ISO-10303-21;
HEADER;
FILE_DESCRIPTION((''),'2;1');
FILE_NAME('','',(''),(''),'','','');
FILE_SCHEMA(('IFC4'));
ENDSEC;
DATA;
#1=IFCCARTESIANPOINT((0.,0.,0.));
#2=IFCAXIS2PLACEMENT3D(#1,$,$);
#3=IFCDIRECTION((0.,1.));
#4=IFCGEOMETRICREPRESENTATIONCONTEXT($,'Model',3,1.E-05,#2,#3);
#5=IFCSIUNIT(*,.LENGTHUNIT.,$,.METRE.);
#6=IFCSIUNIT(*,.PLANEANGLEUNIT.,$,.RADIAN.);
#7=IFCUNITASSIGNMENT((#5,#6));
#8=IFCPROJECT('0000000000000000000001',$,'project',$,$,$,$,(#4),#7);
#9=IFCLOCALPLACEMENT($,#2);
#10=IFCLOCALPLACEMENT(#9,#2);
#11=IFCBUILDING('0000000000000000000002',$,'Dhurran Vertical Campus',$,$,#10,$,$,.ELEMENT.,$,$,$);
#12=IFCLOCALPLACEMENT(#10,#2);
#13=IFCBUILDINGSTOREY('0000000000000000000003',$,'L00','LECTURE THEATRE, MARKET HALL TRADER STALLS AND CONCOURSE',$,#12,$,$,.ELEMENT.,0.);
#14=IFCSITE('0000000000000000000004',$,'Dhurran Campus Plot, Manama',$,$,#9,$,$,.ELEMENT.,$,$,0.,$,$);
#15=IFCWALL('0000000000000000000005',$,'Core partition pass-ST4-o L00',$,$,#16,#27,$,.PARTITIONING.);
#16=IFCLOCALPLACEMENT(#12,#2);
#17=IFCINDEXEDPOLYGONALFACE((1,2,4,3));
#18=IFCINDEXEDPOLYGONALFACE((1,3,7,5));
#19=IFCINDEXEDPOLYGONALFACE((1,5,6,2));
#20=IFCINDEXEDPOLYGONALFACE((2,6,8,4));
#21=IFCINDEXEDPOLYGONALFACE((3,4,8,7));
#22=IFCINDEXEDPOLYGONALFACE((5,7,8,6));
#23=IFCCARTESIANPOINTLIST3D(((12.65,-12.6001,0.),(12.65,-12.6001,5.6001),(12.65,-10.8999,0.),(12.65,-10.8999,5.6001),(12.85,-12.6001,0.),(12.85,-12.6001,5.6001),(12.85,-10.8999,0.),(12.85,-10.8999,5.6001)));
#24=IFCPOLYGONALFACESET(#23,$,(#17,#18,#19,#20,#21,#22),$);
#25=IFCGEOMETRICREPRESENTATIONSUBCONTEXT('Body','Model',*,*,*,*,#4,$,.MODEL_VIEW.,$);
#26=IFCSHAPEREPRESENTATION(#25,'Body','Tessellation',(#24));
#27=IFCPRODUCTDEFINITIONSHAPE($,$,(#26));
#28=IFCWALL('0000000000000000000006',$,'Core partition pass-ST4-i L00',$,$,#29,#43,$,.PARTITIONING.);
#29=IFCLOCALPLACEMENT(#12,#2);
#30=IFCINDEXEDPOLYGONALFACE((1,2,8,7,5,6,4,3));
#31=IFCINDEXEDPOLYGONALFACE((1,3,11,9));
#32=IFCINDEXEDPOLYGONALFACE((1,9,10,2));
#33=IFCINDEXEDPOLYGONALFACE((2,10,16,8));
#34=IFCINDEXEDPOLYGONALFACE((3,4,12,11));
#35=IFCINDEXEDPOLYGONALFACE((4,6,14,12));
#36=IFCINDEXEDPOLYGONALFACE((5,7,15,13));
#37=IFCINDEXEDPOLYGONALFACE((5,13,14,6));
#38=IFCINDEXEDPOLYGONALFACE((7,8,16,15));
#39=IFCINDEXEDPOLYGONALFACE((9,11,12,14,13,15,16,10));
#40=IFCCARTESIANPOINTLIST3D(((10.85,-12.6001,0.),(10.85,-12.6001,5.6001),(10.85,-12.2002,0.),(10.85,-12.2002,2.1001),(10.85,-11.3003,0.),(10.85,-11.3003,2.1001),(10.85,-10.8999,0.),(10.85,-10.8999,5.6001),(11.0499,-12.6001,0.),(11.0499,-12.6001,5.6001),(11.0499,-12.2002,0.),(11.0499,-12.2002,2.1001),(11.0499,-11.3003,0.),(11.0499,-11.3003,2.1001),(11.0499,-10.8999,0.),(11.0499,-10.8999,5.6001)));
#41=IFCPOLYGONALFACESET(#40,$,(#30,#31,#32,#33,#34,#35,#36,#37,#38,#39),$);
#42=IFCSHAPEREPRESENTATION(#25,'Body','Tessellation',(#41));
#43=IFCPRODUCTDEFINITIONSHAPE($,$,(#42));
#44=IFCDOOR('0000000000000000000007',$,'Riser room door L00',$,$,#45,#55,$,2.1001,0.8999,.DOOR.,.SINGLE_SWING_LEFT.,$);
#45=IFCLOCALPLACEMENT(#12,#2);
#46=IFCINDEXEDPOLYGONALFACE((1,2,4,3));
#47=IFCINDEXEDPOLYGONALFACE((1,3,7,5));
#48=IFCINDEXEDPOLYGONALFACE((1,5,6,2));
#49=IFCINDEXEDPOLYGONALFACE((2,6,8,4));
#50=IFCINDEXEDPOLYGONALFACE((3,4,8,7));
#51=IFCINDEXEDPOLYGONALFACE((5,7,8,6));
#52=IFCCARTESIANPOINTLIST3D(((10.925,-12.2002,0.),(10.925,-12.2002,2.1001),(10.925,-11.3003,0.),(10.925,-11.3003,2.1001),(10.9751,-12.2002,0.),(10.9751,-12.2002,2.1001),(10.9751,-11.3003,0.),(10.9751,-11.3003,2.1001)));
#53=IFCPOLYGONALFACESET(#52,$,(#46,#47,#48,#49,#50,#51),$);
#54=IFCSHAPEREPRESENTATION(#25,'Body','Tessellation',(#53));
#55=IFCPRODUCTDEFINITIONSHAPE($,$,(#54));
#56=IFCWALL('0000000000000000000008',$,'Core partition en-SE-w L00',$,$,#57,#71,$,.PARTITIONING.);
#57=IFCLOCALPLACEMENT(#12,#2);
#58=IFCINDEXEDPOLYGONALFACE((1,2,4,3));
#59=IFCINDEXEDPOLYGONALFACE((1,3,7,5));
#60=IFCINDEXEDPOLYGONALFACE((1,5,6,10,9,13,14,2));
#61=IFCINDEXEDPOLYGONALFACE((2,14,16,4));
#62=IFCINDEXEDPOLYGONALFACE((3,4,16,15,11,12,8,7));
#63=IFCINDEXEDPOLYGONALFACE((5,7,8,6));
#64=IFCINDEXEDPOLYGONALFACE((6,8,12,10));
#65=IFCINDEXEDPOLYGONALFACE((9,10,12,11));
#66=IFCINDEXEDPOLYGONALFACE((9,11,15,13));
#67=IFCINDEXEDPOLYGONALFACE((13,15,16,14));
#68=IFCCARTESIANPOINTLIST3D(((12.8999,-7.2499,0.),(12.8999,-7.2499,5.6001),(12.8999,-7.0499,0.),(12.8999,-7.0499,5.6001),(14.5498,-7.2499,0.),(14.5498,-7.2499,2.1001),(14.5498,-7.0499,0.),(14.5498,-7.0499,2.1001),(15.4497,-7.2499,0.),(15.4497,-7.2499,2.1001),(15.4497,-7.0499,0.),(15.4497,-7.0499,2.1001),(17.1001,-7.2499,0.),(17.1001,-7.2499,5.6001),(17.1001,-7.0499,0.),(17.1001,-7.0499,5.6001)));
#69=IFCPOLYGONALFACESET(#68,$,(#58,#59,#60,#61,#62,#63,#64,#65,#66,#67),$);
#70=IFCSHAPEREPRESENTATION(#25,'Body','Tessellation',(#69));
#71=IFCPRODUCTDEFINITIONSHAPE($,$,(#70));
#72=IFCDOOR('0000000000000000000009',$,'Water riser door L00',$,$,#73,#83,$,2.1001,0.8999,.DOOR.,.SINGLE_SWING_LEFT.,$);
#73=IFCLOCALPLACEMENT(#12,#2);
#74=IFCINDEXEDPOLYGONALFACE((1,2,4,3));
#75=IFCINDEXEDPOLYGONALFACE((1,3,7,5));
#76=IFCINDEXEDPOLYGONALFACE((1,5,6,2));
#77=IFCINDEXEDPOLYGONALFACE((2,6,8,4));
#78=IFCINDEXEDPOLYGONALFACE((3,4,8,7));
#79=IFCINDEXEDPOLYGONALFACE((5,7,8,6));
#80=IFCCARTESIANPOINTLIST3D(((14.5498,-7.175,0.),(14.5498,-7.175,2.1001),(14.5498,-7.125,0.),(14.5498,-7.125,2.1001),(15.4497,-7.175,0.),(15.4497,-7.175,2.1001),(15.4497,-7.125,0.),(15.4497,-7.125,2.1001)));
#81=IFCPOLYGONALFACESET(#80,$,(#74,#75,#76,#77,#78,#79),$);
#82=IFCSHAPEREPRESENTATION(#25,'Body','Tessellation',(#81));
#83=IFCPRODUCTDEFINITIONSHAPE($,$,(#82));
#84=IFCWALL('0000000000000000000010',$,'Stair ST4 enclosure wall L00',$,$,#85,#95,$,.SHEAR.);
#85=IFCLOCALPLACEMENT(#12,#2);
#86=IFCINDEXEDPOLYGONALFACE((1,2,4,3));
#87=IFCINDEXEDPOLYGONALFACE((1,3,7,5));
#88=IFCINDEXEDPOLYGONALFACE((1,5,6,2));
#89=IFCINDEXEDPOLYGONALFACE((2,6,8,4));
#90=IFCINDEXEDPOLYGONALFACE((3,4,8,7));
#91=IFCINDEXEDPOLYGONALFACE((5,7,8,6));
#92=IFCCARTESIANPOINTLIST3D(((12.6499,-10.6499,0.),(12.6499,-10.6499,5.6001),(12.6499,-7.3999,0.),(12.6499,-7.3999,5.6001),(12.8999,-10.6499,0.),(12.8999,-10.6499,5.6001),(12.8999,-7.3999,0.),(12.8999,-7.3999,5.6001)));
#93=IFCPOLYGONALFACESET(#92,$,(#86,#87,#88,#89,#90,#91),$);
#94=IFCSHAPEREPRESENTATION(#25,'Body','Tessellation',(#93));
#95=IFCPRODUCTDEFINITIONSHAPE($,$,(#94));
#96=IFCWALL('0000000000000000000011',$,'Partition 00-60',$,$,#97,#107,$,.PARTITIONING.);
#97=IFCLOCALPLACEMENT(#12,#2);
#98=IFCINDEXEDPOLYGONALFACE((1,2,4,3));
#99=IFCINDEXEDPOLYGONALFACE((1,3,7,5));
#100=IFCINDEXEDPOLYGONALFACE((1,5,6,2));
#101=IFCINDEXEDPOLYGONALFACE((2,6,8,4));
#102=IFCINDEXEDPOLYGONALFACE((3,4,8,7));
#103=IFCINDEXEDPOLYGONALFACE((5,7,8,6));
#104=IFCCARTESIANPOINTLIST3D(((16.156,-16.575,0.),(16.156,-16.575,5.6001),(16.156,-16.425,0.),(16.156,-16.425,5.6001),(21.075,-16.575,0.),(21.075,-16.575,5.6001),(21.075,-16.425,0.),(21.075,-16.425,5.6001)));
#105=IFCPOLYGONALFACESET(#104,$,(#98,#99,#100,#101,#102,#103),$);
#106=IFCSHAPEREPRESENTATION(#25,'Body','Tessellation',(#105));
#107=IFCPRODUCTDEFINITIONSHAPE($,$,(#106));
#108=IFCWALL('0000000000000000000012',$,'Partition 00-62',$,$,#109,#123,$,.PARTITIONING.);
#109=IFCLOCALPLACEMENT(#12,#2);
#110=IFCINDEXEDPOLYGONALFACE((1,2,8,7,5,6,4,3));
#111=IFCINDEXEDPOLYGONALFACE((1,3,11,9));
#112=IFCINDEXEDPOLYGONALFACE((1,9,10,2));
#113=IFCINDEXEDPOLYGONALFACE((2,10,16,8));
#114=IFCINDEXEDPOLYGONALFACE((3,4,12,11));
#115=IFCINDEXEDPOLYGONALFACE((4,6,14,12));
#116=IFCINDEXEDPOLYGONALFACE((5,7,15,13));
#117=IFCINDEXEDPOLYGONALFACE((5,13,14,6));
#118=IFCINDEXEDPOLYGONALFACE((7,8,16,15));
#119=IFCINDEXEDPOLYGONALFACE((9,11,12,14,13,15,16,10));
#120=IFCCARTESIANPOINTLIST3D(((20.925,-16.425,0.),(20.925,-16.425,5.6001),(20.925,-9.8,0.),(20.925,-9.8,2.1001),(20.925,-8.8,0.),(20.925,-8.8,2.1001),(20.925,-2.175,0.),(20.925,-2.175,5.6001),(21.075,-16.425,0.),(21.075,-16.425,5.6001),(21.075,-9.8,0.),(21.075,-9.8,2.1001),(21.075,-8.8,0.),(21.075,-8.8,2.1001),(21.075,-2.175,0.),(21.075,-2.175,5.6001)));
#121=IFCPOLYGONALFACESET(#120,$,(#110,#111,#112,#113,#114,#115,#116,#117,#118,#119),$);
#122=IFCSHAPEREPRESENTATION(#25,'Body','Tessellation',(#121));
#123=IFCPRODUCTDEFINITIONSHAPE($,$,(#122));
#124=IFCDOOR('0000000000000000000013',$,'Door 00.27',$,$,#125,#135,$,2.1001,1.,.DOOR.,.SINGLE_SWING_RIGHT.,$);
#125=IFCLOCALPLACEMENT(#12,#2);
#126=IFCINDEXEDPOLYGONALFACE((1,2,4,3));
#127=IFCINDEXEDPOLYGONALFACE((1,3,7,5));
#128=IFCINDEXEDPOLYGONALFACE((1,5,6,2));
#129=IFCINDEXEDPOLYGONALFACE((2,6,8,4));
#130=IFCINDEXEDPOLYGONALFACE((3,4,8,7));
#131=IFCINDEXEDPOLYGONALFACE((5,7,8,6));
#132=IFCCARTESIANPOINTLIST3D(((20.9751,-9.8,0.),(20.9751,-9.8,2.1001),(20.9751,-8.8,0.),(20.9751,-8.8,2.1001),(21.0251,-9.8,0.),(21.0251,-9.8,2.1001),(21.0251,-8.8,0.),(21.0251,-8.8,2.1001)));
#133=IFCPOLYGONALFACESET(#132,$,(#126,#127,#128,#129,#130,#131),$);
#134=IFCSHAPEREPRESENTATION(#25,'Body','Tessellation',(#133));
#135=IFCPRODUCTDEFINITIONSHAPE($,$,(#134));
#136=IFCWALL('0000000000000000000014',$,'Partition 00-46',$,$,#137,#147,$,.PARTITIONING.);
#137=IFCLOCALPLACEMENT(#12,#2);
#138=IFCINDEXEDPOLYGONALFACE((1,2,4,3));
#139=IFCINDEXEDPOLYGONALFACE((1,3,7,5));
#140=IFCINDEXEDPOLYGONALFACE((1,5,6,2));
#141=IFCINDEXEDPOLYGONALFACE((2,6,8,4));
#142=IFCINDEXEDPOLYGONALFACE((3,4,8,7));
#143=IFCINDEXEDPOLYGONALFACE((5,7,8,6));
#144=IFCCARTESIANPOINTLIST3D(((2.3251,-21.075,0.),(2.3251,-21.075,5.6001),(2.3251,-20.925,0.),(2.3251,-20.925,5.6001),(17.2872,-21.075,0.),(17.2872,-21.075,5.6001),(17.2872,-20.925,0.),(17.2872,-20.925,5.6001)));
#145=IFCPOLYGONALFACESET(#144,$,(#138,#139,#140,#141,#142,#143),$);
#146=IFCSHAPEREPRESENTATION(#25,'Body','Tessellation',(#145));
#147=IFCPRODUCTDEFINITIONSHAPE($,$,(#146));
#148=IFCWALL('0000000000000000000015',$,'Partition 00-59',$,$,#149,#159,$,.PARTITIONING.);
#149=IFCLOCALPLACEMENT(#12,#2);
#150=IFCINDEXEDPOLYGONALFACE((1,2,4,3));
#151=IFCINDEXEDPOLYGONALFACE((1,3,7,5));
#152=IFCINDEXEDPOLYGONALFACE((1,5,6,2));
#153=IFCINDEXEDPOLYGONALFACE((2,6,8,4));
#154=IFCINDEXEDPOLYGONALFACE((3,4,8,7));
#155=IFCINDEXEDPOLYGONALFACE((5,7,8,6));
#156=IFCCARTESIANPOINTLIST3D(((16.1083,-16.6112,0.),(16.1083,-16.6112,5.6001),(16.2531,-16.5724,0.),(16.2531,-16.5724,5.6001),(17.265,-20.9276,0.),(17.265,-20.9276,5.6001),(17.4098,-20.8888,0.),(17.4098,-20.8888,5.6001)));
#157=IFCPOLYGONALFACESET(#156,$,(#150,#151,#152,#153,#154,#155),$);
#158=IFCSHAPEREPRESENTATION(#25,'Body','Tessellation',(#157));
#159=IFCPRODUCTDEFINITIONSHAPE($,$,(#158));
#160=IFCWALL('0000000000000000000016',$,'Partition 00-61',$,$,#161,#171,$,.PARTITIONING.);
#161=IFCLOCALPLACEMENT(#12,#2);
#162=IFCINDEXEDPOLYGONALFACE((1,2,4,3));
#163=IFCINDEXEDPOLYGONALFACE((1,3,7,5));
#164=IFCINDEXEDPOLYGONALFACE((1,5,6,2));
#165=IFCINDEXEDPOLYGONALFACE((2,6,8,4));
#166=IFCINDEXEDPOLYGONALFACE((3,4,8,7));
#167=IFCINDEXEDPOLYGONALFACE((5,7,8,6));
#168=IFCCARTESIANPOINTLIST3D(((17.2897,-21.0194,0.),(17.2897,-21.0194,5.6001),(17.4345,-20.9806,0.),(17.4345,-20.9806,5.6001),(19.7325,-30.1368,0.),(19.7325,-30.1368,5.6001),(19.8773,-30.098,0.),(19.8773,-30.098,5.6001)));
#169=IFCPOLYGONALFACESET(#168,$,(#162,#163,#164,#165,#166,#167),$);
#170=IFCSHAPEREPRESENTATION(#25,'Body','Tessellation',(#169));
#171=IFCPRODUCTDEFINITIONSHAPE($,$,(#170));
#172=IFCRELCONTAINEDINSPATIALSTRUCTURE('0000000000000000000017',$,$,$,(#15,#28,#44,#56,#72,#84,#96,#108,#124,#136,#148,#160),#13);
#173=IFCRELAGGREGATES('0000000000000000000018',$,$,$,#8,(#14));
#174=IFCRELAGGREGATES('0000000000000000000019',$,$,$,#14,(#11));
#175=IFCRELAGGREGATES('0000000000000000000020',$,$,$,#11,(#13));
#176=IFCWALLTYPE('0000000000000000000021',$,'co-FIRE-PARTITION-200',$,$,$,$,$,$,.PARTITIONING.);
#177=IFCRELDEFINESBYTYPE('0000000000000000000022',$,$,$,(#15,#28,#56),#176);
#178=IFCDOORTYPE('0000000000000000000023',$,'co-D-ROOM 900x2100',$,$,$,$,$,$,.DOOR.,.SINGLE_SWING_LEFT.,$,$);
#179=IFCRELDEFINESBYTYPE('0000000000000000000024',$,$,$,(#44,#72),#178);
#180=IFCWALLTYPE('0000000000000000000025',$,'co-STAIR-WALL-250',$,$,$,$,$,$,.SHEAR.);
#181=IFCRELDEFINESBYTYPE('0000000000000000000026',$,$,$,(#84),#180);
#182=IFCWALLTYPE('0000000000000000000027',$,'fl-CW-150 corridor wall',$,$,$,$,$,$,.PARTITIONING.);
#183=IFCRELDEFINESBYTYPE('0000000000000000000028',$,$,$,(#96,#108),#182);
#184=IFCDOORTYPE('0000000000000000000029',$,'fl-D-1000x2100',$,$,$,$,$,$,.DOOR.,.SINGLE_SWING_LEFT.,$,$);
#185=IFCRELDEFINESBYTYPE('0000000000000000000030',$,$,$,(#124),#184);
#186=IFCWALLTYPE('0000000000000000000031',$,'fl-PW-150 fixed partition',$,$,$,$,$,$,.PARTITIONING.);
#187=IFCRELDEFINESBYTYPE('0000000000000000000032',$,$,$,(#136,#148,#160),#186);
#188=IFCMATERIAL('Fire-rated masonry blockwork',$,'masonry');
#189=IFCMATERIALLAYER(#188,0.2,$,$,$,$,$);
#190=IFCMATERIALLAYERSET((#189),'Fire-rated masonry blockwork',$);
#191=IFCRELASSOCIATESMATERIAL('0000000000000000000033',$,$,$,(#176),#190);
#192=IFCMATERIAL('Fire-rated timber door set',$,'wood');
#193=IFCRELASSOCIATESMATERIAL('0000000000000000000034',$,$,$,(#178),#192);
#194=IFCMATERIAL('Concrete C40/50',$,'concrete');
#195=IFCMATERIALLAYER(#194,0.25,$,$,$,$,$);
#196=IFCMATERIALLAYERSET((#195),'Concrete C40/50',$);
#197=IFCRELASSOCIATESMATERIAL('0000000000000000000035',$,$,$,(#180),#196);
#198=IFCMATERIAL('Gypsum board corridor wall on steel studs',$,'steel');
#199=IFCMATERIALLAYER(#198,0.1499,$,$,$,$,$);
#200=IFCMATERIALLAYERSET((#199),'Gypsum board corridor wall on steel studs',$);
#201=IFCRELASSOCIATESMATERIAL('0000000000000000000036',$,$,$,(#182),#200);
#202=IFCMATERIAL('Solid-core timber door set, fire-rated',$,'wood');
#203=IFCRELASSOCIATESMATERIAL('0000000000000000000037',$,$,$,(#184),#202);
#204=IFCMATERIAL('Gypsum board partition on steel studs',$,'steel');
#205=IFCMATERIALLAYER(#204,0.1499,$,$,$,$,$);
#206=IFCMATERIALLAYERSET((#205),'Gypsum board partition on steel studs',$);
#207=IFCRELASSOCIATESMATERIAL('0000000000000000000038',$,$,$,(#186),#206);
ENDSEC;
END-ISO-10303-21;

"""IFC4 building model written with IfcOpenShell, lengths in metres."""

from ifc_helpers import new_model, si_unit, direction, frame, frame_2d, origin, place, context, subcontext, project, spatial, rectangle, extrude, material, layer, layer_set, type_object, element, fill, save


model = new_model("IFC4")

# Units and contexts
model_context = context("Model", 3, precision=1e-05, world=origin(), true_north=direction((0.0, 1.0)))
body_context = subcontext(model_context, "Body", "Model", "MODEL_VIEW")
ifc_project = project(units=[si_unit("LENGTHUNIT", "METRE"), si_unit("PLANEANGLEUNIT", "RADIAN")], contexts=[model_context])

# Site, building, storey
site_placement = place(None, origin())
site = spatial("IfcSite", under=ifc_project, at=site_placement, Name="Dhurran Campus Plot, Manama", CompositionType="ELEMENT", RefElevation=0.0)
building_placement = place(site_placement, origin())
building = spatial("IfcBuilding", under=site, at=building_placement, Name="Dhurran Vertical Campus", CompositionType="ELEMENT")
storey_placement = place(building_placement, origin())
storey = spatial("IfcBuildingStorey", under=building, at=storey_placement, Name="L00", Description="LECTURE THEATRE, MARKET HALL TRADER STALLS AND CONCOURSE", CompositionType="ELEMENT", Elevation=0.0)

# Wall
ifc_material_1 = material(Name="Fire-rated masonry blockwork", Category="masonry")
ifc_layer_1 = layer(ifc_material_1, 0.2)
ifc_layer_set_1 = layer_set([ifc_layer_1], Name="Fire-rated masonry blockwork")
wall_type_1 = type_object("IfcWallType", Name="co-FIRE-PARTITION-200", PredefinedType="PARTITIONING", material=ifc_layer_set_1)
wall_1_placement = place(storey_placement, frame((12.75, -12.6001, 0.0), z_axis=(0.0, 0.0, 1.0), x_axis=(0.0, 1.0, 0.0)))
element("IfcWall", 1, at=wall_1_placement, inside=storey, type_object=wall_type_1, Name="Core partition pass-ST4-o L00", PredefinedType="PARTITIONING", context=body_context, shape_type="SweptSolid", body=[
    extrude(rectangle(XDim=1.7002, YDim=0.2, at=frame_2d((0.8501, 0.0))), origin(), (0.0, 0.0, 1.0), 5.6001),
])

# Walls, openings, doors
wall_2_placement = place(storey_placement, frame((10.95, -12.6001, 0.0), z_axis=(0.0, 0.0, 1.0), x_axis=(0.0, 1.0, 0.0)))
wall_2 = element("IfcWall", 2, at=wall_2_placement, inside=storey, type_object=wall_type_1, Name="Core partition pass-ST4-i L00", PredefinedType="PARTITIONING", context=body_context, shape_type="SweptSolid", body=[
    extrude(rectangle(XDim=1.7002, YDim=0.2, at=frame_2d((0.8501, 0.0))), origin(), (0.0, 0.0, 1.0), 5.6001),
])
opening_1_placement = place(wall_2_placement, frame((0.3999, 0.0, 0.0)))
opening_1 = element("IfcOpeningElement", 3, at=opening_1_placement, cuts=wall_2, PredefinedType="OPENING", context=body_context, shape_type="SweptSolid", body=[
    extrude(rectangle(XDim=0.8999, YDim=2.1001, at=frame_2d((0.45, 1.05))), frame((0.0, 0.1099, 0.0), z_axis=(0.0, -1.0, 0.0), x_axis=(1.0, 0.0, 0.0)), (0.0, 0.0, 1.0), 0.22),
])
ifc_material_2 = material(Name="Fire-rated timber door set", Category="wood")
door_type_1 = type_object("IfcDoorType", Name="co-D-ROOM 900x2100", OperationType="SINGLE_SWING_LEFT", PredefinedType="DOOR", material=ifc_material_2)
door_1_placement = place(opening_1_placement, origin())
door_1 = element("IfcDoor", 4, at=door_1_placement, inside=storey, type_object=door_type_1, Name="Riser room door L00", OperationType="SINGLE_SWING_LEFT", OverallHeight=2.1001, OverallWidth=0.8999, PredefinedType="DOOR", context=body_context, shape_type="SweptSolid", body=[
    extrude(rectangle(XDim=0.8999, YDim=2.1001, at=frame_2d((0.45, 1.05))), frame((0.0, 0.0249, 0.0), z_axis=(0.0, -1.0, 0.0), x_axis=(1.0, 0.0, 0.0)), (0.0, 0.0, 1.0), 0.05),
])
fill(opening_1, door_1)
wall_3_placement = place(storey_placement, frame((12.8999, -7.1499, 0.0), z_axis=(0.0, 0.0, 1.0), x_axis=(1.0, 0.0, 0.0)))
wall_3 = element("IfcWall", 5, at=wall_3_placement, inside=storey, type_object=wall_type_1, Name="Core partition en-SE-w L00", PredefinedType="PARTITIONING", context=body_context, shape_type="SweptSolid", body=[
    extrude(rectangle(XDim=4.2002, YDim=0.2, at=frame_2d((2.1001, 0.0))), origin(), (0.0, 0.0, 1.0), 5.6001),
])
opening_2_placement = place(wall_3_placement, frame((1.6499, 0.0, 0.0)))
opening_2 = element("IfcOpeningElement", 6, at=opening_2_placement, cuts=wall_3, PredefinedType="OPENING", context=body_context, shape_type="SweptSolid", body=[
    extrude(rectangle(XDim=0.8999, YDim=2.1001, at=frame_2d((0.45, 1.05))), frame((0.0, 0.1099, 0.0), z_axis=(0.0, -1.0, 0.0), x_axis=(1.0, 0.0, 0.0)), (0.0, 0.0, 1.0), 0.22),
])
door_2_placement = place(opening_2_placement, origin())
door_2 = element("IfcDoor", 7, at=door_2_placement, inside=storey, type_object=door_type_1, Name="Water riser door L00", OperationType="SINGLE_SWING_LEFT", OverallHeight=2.1001, OverallWidth=0.8999, PredefinedType="DOOR", context=body_context, shape_type="SweptSolid", body=[
    extrude(rectangle(XDim=0.8999, YDim=2.1001, at=frame_2d((0.45, 1.05))), frame((0.0, 0.0249, 0.0), z_axis=(0.0, -1.0, 0.0), x_axis=(1.0, 0.0, 0.0)), (0.0, 0.0, 1.0), 0.05),
])
fill(opening_2, door_2)

# Walls
ifc_material_3 = material(Name="Concrete C40/50", Category="concrete")
ifc_layer_2 = layer(ifc_material_3, 0.25)
ifc_layer_set_2 = layer_set([ifc_layer_2], Name="Concrete C40/50")
wall_type_2 = type_object("IfcWallType", Name="co-STAIR-WALL-250", PredefinedType="SHEAR", material=ifc_layer_set_2)
wall_4_placement = place(storey_placement, frame((12.7749, -10.6499, 0.0), z_axis=(0.0, 0.0, 1.0), x_axis=(0.0, 1.0, 0.0)))
element("IfcWall", 8, at=wall_4_placement, inside=storey, type_object=wall_type_2, Name="Stair ST4 enclosure wall L00", PredefinedType="SHEAR", context=body_context, shape_type="SweptSolid", body=[
    extrude(rectangle(XDim=3.25, YDim=0.25, at=frame_2d((1.625, 0.0))), origin(), (0.0, 0.0, 1.0), 5.6001),
])
ifc_material_4 = material(Name="Gypsum board corridor wall on steel studs", Category="steel")
ifc_layer_3 = layer(ifc_material_4, 0.1499)
ifc_layer_set_3 = layer_set([ifc_layer_3], Name="Gypsum board corridor wall on steel studs")
wall_type_3 = type_object("IfcWallType", Name="fl-CW-150 corridor wall", PredefinedType="PARTITIONING", material=ifc_layer_set_3)
wall_5_placement = place(storey_placement, frame((16.156, -16.5, 0.0), z_axis=(0.0, 0.0, 1.0), x_axis=(1.0, 0.0, 0.0)))
element("IfcWall", 9, at=wall_5_placement, inside=storey, type_object=wall_type_3, Name="Partition 00-60", PredefinedType="PARTITIONING", context=body_context, shape_type="SweptSolid", body=[
    extrude(rectangle(XDim=4.9189, YDim=0.1499, at=frame_2d((2.4595, 0.0))), origin(), (0.0, 0.0, 1.0), 5.6001),
])

# Wall, opening, door
wall_6_placement = place(storey_placement, frame((21.0, -16.425, 0.0), z_axis=(0.0, 0.0, 1.0), x_axis=(0.0, 1.0, 0.0)))
wall_6 = element("IfcWall", 10, at=wall_6_placement, inside=storey, type_object=wall_type_3, Name="Partition 00-62", PredefinedType="PARTITIONING", context=body_context, shape_type="SweptSolid", body=[
    extrude(rectangle(XDim=14.25, YDim=0.1499, at=frame_2d((7.125, 0.0))), origin(), (0.0, 0.0, 1.0), 5.6001),
])
opening_3_placement = place(wall_6_placement, frame((6.625, 0.0, 0.0)))
opening_3 = element("IfcOpeningElement", 11, at=opening_3_placement, cuts=wall_6, PredefinedType="OPENING", context=body_context, shape_type="SweptSolid", body=[
    extrude(rectangle(XDim=1.0, YDim=2.1001, at=frame_2d((0.5, 1.05))), frame((0.0, 0.085, 0.0), z_axis=(0.0, -1.0, 0.0), x_axis=(1.0, 0.0, 0.0)), (0.0, 0.0, 1.0), 0.1699),
])
ifc_material_5 = material(Name="Solid-core timber door set, fire-rated", Category="wood")
door_type_2 = type_object("IfcDoorType", Name="fl-D-1000x2100", OperationType="SINGLE_SWING_LEFT", PredefinedType="DOOR", material=ifc_material_5)
door_3_placement = place(opening_3_placement, origin())
door_3 = element("IfcDoor", 12, at=door_3_placement, inside=storey, type_object=door_type_2, Name="Door 00.27", OperationType="SINGLE_SWING_RIGHT", OverallHeight=2.1001, OverallWidth=1.0, PredefinedType="DOOR", context=body_context, shape_type="SweptSolid", body=[
    extrude(rectangle(XDim=1.0, YDim=2.1001, at=frame_2d((0.5, 1.05))), frame((0.0, 0.0249, 0.0), z_axis=(0.0, -1.0, 0.0), x_axis=(1.0, 0.0, 0.0)), (0.0, 0.0, 1.0), 0.05),
])
fill(opening_3, door_3)

# Walls
ifc_material_6 = material(Name="Gypsum board partition on steel studs", Category="steel")
ifc_layer_4 = layer(ifc_material_6, 0.1499)
ifc_layer_set_4 = layer_set([ifc_layer_4], Name="Gypsum board partition on steel studs")
wall_type_4 = type_object("IfcWallType", Name="fl-PW-150 fixed partition", PredefinedType="PARTITIONING", material=ifc_layer_set_4)
wall_7_placement = place(storey_placement, frame((17.2871, -21.0, 0.0), z_axis=(0.0, 0.0, 1.0), x_axis=(-1.0, 0.0, 0.0)))
element("IfcWall", 13, at=wall_7_placement, inside=storey, type_object=wall_type_4, Name="Partition 00-46", PredefinedType="PARTITIONING", context=body_context, shape_type="SweptSolid", body=[
    extrude(rectangle(XDim=14.9622, YDim=0.1499, at=frame_2d((7.481, 0.0))), origin(), (0.0, 0.0, 1.0), 5.6001),
])
wall_8_placement = place(storey_placement, frame((16.1807, -16.5918, 0.0), z_axis=(0.0, 0.0, 1.0), x_axis=(0.258853, -0.965917, 0.0)))
element("IfcWall", 14, at=wall_8_placement, inside=storey, type_object=wall_type_4, Name="Partition 00-59", PredefinedType="PARTITIONING", context=body_context, shape_type="SweptSolid", body=[
    extrude(rectangle(XDim=4.4688, YDim=0.1499, at=frame_2d((2.2344, 0.0))), origin(), (0.0, 0.0, 1.0), 5.6001),
])
wall_9_placement = place(storey_placement, frame((17.3621, -21.0, 0.0), z_axis=(0.0, 0.0, 1.0), x_axis=(0.258805, -0.965929, 0.0)))
element("IfcWall", 15, at=wall_9_placement, inside=storey, type_object=wall_type_4, Name="Partition 00-61", PredefinedType="PARTITIONING", context=body_context, shape_type="SweptSolid", body=[
    extrude(rectangle(XDim=9.439, YDim=0.1499, at=frame_2d((4.7195, 0.0))), origin(), (0.0, 0.0, 1.0), 5.6001),
])

save(model, "model.ifc")
